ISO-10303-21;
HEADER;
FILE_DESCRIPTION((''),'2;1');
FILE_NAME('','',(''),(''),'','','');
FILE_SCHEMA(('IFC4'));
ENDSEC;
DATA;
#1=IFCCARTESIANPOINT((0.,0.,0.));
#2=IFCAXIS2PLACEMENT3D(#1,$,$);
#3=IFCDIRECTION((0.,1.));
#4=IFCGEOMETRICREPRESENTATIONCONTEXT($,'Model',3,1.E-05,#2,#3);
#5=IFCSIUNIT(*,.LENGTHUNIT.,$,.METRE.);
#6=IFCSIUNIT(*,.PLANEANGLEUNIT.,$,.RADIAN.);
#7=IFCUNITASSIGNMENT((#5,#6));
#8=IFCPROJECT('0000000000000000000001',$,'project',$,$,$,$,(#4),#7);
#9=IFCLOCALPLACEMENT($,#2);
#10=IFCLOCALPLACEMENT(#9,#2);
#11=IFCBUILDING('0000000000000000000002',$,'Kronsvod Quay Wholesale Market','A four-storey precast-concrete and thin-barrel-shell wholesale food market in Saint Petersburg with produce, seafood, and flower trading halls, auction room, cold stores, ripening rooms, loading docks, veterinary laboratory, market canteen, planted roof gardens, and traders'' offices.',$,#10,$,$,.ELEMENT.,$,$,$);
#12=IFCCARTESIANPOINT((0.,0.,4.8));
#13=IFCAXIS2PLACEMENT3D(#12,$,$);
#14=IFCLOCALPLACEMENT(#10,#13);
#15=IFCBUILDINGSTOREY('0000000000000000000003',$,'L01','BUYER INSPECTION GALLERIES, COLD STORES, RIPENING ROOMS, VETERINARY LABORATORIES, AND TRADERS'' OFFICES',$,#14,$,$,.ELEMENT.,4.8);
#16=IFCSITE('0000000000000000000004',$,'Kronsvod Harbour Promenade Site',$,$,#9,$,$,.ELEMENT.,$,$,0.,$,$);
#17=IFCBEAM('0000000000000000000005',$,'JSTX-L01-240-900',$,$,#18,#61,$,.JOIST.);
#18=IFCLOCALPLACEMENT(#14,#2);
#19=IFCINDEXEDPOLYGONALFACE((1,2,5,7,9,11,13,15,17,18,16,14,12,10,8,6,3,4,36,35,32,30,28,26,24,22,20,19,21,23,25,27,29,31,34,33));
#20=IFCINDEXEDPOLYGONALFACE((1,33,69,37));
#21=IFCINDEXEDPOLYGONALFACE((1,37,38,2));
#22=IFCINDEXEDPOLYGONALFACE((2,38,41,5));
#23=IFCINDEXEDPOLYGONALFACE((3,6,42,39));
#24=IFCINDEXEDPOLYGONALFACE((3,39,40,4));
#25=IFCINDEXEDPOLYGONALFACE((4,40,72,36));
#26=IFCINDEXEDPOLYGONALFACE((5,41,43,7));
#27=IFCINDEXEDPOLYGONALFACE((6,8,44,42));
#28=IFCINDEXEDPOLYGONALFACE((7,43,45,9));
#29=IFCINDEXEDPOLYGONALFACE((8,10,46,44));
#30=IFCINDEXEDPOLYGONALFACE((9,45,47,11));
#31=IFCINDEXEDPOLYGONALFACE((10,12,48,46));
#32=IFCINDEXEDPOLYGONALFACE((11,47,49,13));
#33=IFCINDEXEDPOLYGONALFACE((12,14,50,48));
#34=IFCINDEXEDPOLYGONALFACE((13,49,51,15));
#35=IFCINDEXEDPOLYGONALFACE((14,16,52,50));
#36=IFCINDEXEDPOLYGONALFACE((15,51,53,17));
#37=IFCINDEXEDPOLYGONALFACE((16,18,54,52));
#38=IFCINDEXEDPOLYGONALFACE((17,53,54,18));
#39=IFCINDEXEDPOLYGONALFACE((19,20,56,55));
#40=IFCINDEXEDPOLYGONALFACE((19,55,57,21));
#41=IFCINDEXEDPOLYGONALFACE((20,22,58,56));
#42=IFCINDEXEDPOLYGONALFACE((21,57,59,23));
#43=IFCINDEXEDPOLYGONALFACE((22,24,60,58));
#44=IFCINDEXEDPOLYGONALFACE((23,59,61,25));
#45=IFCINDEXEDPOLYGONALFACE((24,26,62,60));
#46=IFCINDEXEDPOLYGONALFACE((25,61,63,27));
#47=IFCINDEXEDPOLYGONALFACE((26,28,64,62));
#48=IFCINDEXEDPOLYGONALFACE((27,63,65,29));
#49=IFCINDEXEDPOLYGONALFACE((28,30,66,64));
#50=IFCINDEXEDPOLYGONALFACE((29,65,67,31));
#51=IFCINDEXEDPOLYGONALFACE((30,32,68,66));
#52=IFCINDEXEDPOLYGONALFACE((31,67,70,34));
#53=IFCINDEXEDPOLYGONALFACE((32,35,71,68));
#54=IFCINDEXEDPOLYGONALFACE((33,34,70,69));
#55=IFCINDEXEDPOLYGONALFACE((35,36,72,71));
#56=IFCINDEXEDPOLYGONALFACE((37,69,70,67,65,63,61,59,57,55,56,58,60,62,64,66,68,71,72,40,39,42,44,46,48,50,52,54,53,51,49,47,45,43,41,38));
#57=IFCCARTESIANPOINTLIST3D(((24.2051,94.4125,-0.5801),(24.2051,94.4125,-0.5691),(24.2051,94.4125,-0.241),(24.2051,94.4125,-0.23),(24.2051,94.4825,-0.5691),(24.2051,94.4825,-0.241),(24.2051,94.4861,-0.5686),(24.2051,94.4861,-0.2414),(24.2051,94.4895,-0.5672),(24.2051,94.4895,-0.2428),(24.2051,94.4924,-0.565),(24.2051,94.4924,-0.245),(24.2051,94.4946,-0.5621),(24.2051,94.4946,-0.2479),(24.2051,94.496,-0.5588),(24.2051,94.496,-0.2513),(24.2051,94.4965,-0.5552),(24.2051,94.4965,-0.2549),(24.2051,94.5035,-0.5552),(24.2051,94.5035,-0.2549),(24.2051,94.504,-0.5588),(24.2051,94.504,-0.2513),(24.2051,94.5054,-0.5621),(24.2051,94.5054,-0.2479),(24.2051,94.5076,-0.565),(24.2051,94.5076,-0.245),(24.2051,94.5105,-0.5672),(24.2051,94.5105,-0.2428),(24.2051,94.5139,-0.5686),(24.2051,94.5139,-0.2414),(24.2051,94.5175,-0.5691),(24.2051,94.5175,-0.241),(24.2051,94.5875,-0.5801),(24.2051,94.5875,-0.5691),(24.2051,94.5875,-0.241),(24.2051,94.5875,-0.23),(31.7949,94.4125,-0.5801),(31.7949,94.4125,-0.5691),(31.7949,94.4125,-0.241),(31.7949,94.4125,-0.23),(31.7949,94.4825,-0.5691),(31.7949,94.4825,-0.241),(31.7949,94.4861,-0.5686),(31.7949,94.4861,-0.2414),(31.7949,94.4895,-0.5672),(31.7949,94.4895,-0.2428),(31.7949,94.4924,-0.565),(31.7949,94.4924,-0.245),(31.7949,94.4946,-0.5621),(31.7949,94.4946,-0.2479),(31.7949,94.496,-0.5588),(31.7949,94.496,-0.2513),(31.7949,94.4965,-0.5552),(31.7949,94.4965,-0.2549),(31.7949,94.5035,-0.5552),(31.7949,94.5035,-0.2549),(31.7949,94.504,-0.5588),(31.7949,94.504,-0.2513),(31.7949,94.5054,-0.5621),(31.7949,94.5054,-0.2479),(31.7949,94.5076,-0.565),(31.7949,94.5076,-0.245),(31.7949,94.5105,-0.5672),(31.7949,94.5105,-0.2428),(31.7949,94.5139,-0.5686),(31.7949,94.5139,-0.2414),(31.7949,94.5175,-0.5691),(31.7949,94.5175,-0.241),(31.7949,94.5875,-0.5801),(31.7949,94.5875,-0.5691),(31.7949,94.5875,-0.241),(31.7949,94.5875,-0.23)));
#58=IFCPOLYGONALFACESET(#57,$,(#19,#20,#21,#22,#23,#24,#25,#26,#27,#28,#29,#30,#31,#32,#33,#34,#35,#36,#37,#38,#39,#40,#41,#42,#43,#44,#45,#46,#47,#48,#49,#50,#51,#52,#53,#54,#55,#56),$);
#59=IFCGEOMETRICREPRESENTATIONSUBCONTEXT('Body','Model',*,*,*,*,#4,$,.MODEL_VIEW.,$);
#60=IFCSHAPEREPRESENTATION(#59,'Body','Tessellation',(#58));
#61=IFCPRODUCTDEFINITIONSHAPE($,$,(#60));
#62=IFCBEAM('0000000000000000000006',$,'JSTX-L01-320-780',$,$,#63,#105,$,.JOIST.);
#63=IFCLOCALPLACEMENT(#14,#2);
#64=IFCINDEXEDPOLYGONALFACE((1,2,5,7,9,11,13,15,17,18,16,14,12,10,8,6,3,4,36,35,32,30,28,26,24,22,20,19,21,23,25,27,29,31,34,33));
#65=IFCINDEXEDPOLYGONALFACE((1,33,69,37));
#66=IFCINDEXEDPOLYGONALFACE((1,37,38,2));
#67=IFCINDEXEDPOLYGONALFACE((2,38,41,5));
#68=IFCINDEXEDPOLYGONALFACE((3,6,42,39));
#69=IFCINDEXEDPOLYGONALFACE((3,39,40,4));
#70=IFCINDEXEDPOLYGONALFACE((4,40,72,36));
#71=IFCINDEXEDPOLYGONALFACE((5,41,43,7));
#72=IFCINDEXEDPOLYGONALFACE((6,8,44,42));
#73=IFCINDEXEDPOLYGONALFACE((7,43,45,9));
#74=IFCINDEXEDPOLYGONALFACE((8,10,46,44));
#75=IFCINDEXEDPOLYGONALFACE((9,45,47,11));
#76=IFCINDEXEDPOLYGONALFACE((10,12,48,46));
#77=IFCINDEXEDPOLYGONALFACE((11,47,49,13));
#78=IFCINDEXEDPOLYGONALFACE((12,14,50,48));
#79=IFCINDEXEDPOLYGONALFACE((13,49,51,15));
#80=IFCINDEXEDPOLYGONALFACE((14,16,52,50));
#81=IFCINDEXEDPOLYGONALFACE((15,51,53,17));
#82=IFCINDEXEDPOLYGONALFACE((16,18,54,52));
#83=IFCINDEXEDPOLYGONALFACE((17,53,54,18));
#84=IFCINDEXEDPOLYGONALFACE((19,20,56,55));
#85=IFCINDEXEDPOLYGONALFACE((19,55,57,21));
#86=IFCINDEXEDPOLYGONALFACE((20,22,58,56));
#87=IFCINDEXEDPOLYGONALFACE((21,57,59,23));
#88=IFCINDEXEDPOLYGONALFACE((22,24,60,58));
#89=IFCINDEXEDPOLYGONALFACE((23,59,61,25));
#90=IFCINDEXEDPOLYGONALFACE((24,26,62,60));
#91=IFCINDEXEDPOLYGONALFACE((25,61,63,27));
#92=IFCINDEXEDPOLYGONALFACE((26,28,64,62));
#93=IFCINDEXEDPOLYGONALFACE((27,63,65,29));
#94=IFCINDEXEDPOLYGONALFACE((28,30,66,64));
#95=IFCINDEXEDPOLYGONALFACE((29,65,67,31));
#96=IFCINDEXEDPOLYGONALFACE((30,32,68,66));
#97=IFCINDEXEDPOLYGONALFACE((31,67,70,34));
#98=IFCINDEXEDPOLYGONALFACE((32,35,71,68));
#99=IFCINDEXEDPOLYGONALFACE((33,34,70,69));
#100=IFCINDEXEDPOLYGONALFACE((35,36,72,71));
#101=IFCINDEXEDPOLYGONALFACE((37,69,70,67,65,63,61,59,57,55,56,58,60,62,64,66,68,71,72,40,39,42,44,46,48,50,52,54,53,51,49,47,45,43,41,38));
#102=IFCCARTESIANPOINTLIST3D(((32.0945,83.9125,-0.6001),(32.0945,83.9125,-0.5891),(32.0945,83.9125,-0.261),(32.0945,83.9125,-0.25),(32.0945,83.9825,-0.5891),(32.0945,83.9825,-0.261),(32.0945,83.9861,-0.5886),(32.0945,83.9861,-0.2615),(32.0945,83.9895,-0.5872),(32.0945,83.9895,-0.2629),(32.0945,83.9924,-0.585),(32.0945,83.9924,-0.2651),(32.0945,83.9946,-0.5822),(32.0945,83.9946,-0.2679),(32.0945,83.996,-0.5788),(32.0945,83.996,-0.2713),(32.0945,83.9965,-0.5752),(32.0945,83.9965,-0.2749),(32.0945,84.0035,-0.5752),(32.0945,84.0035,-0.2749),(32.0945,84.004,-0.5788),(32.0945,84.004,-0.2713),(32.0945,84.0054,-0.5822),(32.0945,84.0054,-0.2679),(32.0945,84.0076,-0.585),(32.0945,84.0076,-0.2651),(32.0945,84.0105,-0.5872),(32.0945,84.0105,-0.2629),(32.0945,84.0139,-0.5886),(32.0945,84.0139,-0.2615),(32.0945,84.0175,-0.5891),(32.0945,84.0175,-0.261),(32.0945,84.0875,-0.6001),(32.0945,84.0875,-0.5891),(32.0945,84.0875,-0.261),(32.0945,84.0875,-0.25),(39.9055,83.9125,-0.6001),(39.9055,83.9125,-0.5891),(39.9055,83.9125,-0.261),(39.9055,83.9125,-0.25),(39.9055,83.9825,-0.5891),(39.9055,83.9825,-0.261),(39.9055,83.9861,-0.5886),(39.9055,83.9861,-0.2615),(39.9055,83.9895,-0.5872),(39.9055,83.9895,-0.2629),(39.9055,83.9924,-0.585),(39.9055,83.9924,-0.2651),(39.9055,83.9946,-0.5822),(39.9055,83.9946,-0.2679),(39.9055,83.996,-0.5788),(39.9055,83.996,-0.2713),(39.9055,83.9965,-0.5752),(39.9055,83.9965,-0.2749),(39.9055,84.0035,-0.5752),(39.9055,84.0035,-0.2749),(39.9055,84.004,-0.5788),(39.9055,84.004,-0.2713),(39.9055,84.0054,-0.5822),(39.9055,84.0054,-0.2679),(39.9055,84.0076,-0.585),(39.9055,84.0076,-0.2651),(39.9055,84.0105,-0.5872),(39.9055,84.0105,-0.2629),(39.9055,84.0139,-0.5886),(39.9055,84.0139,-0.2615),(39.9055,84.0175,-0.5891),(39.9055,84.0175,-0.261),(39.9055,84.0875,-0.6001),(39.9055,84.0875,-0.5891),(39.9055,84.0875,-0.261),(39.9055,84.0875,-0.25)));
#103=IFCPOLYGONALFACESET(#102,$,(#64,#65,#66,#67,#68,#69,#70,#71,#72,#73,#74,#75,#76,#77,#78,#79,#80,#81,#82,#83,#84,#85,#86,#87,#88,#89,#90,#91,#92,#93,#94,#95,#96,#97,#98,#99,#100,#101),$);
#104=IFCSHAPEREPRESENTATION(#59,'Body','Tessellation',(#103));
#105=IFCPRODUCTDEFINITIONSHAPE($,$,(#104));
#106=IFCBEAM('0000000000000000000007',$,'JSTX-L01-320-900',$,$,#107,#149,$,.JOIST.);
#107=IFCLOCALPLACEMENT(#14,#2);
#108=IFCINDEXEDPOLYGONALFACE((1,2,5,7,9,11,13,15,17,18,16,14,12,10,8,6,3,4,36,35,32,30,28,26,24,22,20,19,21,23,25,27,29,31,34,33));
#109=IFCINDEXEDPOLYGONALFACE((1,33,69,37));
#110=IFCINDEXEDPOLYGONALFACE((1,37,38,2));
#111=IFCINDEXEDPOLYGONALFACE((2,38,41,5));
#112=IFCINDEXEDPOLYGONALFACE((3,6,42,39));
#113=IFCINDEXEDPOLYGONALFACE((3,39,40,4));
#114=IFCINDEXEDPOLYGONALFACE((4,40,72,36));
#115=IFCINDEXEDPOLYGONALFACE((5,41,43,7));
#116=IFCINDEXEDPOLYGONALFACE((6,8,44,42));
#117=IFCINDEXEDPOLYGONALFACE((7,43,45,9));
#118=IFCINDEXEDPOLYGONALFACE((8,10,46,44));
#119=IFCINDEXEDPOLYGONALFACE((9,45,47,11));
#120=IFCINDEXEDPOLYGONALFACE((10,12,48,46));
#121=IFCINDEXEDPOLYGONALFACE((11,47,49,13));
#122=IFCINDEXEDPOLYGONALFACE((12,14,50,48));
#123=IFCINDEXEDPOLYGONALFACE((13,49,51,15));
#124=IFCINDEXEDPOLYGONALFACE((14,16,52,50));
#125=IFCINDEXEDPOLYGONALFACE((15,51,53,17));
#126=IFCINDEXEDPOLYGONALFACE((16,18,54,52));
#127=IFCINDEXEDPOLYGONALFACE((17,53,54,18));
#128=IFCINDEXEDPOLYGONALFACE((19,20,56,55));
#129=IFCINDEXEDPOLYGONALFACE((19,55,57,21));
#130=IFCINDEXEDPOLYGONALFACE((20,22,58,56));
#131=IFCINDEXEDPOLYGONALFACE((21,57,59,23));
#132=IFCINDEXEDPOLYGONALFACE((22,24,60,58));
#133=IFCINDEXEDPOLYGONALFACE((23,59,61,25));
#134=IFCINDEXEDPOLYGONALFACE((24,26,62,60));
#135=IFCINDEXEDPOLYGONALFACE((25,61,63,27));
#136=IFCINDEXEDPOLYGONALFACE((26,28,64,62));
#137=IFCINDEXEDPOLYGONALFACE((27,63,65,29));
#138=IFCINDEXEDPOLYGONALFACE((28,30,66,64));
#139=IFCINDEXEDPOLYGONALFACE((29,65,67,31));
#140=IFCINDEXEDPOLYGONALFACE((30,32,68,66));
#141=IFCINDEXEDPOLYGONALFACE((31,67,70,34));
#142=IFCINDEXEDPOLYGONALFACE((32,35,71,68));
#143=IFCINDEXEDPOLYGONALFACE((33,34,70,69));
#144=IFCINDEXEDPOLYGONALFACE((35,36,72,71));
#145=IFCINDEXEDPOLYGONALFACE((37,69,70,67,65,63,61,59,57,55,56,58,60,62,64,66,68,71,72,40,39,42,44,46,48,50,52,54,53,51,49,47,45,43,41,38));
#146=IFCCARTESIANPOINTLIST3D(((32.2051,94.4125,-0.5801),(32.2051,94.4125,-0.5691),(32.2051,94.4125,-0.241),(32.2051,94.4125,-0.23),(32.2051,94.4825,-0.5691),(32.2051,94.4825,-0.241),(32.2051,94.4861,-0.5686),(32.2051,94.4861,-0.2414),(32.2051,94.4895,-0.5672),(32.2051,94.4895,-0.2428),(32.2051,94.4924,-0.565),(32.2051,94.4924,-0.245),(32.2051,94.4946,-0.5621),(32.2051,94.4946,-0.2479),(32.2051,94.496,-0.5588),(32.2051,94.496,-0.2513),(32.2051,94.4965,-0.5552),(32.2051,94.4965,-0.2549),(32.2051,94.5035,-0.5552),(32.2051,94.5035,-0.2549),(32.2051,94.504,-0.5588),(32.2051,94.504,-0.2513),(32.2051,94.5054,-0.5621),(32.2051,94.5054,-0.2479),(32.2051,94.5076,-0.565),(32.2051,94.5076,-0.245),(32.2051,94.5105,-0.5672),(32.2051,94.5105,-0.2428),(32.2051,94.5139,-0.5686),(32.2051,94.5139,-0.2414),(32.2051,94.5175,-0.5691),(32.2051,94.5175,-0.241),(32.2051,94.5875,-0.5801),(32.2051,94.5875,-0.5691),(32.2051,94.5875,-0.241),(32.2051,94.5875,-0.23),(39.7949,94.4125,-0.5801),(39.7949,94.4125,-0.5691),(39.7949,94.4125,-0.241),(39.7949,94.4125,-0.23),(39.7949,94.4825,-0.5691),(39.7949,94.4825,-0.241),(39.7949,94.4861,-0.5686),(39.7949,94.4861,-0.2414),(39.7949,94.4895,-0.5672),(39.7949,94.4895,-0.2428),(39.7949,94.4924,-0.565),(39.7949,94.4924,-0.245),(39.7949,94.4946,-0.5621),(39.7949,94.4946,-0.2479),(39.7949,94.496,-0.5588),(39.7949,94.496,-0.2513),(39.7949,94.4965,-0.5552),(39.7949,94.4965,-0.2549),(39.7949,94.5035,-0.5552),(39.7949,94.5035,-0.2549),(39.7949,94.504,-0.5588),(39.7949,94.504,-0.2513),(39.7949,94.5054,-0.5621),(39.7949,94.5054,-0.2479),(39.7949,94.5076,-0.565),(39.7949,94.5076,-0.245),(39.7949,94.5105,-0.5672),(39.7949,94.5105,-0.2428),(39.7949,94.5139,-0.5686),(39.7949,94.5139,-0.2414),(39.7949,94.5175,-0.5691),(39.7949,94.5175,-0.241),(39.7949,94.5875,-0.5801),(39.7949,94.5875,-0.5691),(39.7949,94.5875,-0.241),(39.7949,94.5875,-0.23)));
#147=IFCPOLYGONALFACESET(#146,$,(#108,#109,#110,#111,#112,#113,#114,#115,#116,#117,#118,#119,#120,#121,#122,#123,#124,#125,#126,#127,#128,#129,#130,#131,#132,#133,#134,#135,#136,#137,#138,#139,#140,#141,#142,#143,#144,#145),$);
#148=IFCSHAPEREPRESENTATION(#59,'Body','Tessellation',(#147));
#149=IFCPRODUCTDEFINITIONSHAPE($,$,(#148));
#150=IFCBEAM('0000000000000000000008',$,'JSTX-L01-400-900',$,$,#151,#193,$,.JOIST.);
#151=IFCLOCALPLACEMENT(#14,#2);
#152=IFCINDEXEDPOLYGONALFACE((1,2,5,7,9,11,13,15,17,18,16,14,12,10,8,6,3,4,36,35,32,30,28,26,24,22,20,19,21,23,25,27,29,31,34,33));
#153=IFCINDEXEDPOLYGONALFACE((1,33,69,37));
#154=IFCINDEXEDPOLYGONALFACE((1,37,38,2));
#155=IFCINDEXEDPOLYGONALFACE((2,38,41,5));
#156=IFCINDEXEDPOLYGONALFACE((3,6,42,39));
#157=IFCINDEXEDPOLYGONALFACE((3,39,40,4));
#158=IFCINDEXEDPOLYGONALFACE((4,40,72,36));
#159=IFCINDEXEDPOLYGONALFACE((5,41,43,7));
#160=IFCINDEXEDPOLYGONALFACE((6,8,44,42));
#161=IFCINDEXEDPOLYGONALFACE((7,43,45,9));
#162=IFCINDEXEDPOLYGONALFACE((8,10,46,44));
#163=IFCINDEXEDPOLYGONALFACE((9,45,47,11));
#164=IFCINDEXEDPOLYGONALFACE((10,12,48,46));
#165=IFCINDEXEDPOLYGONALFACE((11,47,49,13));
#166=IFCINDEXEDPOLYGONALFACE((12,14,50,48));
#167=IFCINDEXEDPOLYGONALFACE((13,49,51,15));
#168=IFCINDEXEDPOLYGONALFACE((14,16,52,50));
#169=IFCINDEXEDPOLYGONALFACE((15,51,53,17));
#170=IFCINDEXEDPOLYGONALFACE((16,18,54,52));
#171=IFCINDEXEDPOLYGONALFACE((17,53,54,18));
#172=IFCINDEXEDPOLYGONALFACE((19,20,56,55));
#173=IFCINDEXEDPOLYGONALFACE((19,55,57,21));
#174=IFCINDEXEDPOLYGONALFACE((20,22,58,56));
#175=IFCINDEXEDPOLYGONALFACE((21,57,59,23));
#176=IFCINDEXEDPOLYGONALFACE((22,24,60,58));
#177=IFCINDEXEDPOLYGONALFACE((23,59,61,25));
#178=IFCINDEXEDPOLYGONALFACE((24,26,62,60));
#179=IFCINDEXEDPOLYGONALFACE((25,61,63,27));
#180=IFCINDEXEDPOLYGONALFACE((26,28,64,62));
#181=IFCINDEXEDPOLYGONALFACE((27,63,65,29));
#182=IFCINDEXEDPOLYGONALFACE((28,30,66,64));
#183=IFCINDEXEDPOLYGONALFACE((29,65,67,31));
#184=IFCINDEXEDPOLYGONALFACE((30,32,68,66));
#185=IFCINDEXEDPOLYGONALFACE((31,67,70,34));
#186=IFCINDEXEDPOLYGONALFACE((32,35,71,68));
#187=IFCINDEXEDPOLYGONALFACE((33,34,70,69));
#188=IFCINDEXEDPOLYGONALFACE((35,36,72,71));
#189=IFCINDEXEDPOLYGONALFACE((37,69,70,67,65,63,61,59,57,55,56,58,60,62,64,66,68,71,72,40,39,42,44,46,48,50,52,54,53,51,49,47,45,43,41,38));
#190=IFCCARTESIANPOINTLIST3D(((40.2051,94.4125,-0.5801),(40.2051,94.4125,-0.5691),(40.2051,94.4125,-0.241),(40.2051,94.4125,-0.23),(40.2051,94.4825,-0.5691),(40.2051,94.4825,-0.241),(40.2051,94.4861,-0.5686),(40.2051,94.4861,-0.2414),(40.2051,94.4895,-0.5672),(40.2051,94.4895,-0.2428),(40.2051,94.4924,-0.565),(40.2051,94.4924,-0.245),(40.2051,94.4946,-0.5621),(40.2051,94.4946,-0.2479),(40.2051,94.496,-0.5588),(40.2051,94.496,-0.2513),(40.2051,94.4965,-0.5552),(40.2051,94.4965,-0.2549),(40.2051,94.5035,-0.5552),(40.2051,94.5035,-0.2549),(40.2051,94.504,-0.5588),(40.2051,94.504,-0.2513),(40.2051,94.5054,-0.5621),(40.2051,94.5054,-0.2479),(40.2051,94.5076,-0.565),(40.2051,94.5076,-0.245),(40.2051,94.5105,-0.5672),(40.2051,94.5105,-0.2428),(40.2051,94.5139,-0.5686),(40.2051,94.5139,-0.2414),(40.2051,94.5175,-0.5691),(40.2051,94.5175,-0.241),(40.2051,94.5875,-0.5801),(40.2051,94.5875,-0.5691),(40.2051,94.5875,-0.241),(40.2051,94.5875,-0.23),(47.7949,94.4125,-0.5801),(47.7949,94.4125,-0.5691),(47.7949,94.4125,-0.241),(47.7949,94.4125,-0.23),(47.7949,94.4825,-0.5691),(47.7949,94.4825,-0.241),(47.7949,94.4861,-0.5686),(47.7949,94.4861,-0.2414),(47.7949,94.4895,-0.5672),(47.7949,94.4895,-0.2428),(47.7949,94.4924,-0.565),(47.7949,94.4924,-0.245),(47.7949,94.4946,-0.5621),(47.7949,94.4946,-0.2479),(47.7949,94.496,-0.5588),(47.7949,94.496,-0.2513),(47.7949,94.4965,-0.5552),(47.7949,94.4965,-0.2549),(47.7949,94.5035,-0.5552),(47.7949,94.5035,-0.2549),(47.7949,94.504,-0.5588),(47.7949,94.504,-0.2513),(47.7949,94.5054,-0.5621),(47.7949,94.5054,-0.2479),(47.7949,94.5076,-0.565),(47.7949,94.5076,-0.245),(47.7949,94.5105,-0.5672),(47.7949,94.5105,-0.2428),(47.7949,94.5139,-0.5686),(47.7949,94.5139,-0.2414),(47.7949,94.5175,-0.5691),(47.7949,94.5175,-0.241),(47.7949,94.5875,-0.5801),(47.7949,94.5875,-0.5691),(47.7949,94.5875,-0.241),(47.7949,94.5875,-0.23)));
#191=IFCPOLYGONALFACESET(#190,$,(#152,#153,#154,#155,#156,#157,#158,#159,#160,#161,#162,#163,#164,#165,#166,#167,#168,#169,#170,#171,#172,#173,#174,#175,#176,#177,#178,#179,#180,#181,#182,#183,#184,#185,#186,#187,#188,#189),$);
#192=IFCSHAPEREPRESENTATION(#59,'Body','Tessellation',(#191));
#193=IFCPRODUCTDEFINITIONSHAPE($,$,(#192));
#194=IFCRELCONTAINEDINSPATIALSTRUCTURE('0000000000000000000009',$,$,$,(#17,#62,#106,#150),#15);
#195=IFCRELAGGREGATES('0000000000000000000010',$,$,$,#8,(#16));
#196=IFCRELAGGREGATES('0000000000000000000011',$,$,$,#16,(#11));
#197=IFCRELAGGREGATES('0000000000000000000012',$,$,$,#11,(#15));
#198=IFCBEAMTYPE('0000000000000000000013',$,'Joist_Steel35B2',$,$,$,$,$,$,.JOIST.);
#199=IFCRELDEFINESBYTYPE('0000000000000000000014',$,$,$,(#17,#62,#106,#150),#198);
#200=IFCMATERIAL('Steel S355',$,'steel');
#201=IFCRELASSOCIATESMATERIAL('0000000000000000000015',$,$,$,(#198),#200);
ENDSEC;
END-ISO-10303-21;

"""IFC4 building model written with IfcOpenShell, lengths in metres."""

from ifc_helpers import new_model, si_unit, direction, frame, origin, origin_2d, place, context, subcontext, project, spatial, i_section, extrude, material, material_profile, profile_set, type_object, element, save


model = new_model("IFC4")

# Units and contexts
model_context = context("Model", 3, precision=1e-05, world=origin(), true_north=direction((0.0, 1.0)))
body_context = subcontext(model_context, "Body", "Model", "MODEL_VIEW")
ifc_project = project(units=[si_unit("LENGTHUNIT", "METRE"), si_unit("PLANEANGLEUNIT", "RADIAN")], contexts=[model_context])

# Site, building, storey
site_placement = place(None, origin())
site = spatial("IfcSite", under=ifc_project, at=site_placement, Name="Kronsvod Harbour Promenade Site", CompositionType="ELEMENT", RefElevation=0.0)
building_placement = place(site_placement, origin())
building = spatial("IfcBuilding", under=site, at=building_placement, Name="Kronsvod Quay Wholesale Market", Description="A four-storey precast-concrete and thin-barrel-shell wholesale food market in Saint Petersburg with produce, seafood, and flower trading halls, auction room, cold stores, ripening rooms, loading docks, veterinary laboratory, market canteen, planted roof gardens, and traders' offices.", CompositionType="ELEMENT")
storey_placement = place(building_placement, frame((0.0, 0.0, 4.8)))
storey = spatial("IfcBuildingStorey", under=building, at=storey_placement, Name="L01", Description="BUYER INSPECTION GALLERIES, COLD STORES, RIPENING ROOMS, VETERINARY LABORATORIES, AND TRADERS' OFFICES", CompositionType="ELEMENT", Elevation=4.8)

# Beams
ifc_material_1 = material(Name="Steel S355", Category="steel")
ifc_material_profile_1 = material_profile(ifc_material_1, i_section(OverallWidth=0.175, OverallDepth=0.3501, WebThickness=0.0071, FlangeThickness=0.011, FilletRadius=0.0139, at=origin_2d()), Name="35B2")
ifc_profile_set_1 = profile_set([ifc_material_profile_1], Name="Steel S355")
beam_type_1 = type_object("IfcBeamType", Name="Joist_Steel35B2", PredefinedType="JOIST", material=ifc_profile_set_1)
beam_1_placement = place(storey_placement, frame((24.2051, 94.5, -0.405), z_axis=(1.0, 0.0, 0.0), x_axis=(0.0, 1.0, 0.0)))
element("IfcBeam", 1, at=beam_1_placement, inside=storey, type_object=beam_type_1, Name="JSTX-L01-240-900", PredefinedType="JOIST", context=body_context, shape_type="SweptSolid", body=[
    extrude(i_section(OverallWidth=0.175, OverallDepth=0.3501, WebThickness=0.0071, FlangeThickness=0.011, FilletRadius=0.0139, at=origin_2d()), origin(), (0.0, 0.0, 1.0), 7.5898),
])
beam_2_placement = place(storey_placement, frame((32.0945, 84.0, -0.425), z_axis=(1.0, 0.0, 0.0), x_axis=(0.0, 1.0, 0.0)))
element("IfcBeam", 2, at=beam_2_placement, inside=storey, type_object=beam_type_1, Name="JSTX-L01-320-780", PredefinedType="JOIST", context=body_context, shape_type="SweptSolid", body=[
    extrude(i_section(OverallWidth=0.175, OverallDepth=0.3501, WebThickness=0.0071, FlangeThickness=0.011, FilletRadius=0.0139, at=origin_2d()), origin(), (0.0, 0.0, 1.0), 7.811),
])
for number, where, z_axis, x_axis, name in (
    (3, (32.2051, 94.5, -0.405), (1.0, 0.0, 0.0), (0.0, 1.0, 0.0), "JSTX-L01-320-900"),
    (4, (40.2051, 94.5, -0.405), (1.0, 0.0, 0.0), (0.0, 1.0, 0.0), "JSTX-L01-400-900"),
):
    element("IfcBeam", number, at=place(storey_placement, frame(where, z_axis=z_axis, x_axis=x_axis)), inside=storey, type_object=beam_type_1, Name=name, PredefinedType="JOIST", context=body_context, shape_type="SweptSolid", body=[
        extrude(i_section(OverallWidth=0.175, OverallDepth=0.3501, WebThickness=0.0071, FlangeThickness=0.011, FilletRadius=0.0139, at=origin_2d()), origin(), (0.0, 0.0, 1.0), 7.5898),
    ])

save(model, "model.ifc")
